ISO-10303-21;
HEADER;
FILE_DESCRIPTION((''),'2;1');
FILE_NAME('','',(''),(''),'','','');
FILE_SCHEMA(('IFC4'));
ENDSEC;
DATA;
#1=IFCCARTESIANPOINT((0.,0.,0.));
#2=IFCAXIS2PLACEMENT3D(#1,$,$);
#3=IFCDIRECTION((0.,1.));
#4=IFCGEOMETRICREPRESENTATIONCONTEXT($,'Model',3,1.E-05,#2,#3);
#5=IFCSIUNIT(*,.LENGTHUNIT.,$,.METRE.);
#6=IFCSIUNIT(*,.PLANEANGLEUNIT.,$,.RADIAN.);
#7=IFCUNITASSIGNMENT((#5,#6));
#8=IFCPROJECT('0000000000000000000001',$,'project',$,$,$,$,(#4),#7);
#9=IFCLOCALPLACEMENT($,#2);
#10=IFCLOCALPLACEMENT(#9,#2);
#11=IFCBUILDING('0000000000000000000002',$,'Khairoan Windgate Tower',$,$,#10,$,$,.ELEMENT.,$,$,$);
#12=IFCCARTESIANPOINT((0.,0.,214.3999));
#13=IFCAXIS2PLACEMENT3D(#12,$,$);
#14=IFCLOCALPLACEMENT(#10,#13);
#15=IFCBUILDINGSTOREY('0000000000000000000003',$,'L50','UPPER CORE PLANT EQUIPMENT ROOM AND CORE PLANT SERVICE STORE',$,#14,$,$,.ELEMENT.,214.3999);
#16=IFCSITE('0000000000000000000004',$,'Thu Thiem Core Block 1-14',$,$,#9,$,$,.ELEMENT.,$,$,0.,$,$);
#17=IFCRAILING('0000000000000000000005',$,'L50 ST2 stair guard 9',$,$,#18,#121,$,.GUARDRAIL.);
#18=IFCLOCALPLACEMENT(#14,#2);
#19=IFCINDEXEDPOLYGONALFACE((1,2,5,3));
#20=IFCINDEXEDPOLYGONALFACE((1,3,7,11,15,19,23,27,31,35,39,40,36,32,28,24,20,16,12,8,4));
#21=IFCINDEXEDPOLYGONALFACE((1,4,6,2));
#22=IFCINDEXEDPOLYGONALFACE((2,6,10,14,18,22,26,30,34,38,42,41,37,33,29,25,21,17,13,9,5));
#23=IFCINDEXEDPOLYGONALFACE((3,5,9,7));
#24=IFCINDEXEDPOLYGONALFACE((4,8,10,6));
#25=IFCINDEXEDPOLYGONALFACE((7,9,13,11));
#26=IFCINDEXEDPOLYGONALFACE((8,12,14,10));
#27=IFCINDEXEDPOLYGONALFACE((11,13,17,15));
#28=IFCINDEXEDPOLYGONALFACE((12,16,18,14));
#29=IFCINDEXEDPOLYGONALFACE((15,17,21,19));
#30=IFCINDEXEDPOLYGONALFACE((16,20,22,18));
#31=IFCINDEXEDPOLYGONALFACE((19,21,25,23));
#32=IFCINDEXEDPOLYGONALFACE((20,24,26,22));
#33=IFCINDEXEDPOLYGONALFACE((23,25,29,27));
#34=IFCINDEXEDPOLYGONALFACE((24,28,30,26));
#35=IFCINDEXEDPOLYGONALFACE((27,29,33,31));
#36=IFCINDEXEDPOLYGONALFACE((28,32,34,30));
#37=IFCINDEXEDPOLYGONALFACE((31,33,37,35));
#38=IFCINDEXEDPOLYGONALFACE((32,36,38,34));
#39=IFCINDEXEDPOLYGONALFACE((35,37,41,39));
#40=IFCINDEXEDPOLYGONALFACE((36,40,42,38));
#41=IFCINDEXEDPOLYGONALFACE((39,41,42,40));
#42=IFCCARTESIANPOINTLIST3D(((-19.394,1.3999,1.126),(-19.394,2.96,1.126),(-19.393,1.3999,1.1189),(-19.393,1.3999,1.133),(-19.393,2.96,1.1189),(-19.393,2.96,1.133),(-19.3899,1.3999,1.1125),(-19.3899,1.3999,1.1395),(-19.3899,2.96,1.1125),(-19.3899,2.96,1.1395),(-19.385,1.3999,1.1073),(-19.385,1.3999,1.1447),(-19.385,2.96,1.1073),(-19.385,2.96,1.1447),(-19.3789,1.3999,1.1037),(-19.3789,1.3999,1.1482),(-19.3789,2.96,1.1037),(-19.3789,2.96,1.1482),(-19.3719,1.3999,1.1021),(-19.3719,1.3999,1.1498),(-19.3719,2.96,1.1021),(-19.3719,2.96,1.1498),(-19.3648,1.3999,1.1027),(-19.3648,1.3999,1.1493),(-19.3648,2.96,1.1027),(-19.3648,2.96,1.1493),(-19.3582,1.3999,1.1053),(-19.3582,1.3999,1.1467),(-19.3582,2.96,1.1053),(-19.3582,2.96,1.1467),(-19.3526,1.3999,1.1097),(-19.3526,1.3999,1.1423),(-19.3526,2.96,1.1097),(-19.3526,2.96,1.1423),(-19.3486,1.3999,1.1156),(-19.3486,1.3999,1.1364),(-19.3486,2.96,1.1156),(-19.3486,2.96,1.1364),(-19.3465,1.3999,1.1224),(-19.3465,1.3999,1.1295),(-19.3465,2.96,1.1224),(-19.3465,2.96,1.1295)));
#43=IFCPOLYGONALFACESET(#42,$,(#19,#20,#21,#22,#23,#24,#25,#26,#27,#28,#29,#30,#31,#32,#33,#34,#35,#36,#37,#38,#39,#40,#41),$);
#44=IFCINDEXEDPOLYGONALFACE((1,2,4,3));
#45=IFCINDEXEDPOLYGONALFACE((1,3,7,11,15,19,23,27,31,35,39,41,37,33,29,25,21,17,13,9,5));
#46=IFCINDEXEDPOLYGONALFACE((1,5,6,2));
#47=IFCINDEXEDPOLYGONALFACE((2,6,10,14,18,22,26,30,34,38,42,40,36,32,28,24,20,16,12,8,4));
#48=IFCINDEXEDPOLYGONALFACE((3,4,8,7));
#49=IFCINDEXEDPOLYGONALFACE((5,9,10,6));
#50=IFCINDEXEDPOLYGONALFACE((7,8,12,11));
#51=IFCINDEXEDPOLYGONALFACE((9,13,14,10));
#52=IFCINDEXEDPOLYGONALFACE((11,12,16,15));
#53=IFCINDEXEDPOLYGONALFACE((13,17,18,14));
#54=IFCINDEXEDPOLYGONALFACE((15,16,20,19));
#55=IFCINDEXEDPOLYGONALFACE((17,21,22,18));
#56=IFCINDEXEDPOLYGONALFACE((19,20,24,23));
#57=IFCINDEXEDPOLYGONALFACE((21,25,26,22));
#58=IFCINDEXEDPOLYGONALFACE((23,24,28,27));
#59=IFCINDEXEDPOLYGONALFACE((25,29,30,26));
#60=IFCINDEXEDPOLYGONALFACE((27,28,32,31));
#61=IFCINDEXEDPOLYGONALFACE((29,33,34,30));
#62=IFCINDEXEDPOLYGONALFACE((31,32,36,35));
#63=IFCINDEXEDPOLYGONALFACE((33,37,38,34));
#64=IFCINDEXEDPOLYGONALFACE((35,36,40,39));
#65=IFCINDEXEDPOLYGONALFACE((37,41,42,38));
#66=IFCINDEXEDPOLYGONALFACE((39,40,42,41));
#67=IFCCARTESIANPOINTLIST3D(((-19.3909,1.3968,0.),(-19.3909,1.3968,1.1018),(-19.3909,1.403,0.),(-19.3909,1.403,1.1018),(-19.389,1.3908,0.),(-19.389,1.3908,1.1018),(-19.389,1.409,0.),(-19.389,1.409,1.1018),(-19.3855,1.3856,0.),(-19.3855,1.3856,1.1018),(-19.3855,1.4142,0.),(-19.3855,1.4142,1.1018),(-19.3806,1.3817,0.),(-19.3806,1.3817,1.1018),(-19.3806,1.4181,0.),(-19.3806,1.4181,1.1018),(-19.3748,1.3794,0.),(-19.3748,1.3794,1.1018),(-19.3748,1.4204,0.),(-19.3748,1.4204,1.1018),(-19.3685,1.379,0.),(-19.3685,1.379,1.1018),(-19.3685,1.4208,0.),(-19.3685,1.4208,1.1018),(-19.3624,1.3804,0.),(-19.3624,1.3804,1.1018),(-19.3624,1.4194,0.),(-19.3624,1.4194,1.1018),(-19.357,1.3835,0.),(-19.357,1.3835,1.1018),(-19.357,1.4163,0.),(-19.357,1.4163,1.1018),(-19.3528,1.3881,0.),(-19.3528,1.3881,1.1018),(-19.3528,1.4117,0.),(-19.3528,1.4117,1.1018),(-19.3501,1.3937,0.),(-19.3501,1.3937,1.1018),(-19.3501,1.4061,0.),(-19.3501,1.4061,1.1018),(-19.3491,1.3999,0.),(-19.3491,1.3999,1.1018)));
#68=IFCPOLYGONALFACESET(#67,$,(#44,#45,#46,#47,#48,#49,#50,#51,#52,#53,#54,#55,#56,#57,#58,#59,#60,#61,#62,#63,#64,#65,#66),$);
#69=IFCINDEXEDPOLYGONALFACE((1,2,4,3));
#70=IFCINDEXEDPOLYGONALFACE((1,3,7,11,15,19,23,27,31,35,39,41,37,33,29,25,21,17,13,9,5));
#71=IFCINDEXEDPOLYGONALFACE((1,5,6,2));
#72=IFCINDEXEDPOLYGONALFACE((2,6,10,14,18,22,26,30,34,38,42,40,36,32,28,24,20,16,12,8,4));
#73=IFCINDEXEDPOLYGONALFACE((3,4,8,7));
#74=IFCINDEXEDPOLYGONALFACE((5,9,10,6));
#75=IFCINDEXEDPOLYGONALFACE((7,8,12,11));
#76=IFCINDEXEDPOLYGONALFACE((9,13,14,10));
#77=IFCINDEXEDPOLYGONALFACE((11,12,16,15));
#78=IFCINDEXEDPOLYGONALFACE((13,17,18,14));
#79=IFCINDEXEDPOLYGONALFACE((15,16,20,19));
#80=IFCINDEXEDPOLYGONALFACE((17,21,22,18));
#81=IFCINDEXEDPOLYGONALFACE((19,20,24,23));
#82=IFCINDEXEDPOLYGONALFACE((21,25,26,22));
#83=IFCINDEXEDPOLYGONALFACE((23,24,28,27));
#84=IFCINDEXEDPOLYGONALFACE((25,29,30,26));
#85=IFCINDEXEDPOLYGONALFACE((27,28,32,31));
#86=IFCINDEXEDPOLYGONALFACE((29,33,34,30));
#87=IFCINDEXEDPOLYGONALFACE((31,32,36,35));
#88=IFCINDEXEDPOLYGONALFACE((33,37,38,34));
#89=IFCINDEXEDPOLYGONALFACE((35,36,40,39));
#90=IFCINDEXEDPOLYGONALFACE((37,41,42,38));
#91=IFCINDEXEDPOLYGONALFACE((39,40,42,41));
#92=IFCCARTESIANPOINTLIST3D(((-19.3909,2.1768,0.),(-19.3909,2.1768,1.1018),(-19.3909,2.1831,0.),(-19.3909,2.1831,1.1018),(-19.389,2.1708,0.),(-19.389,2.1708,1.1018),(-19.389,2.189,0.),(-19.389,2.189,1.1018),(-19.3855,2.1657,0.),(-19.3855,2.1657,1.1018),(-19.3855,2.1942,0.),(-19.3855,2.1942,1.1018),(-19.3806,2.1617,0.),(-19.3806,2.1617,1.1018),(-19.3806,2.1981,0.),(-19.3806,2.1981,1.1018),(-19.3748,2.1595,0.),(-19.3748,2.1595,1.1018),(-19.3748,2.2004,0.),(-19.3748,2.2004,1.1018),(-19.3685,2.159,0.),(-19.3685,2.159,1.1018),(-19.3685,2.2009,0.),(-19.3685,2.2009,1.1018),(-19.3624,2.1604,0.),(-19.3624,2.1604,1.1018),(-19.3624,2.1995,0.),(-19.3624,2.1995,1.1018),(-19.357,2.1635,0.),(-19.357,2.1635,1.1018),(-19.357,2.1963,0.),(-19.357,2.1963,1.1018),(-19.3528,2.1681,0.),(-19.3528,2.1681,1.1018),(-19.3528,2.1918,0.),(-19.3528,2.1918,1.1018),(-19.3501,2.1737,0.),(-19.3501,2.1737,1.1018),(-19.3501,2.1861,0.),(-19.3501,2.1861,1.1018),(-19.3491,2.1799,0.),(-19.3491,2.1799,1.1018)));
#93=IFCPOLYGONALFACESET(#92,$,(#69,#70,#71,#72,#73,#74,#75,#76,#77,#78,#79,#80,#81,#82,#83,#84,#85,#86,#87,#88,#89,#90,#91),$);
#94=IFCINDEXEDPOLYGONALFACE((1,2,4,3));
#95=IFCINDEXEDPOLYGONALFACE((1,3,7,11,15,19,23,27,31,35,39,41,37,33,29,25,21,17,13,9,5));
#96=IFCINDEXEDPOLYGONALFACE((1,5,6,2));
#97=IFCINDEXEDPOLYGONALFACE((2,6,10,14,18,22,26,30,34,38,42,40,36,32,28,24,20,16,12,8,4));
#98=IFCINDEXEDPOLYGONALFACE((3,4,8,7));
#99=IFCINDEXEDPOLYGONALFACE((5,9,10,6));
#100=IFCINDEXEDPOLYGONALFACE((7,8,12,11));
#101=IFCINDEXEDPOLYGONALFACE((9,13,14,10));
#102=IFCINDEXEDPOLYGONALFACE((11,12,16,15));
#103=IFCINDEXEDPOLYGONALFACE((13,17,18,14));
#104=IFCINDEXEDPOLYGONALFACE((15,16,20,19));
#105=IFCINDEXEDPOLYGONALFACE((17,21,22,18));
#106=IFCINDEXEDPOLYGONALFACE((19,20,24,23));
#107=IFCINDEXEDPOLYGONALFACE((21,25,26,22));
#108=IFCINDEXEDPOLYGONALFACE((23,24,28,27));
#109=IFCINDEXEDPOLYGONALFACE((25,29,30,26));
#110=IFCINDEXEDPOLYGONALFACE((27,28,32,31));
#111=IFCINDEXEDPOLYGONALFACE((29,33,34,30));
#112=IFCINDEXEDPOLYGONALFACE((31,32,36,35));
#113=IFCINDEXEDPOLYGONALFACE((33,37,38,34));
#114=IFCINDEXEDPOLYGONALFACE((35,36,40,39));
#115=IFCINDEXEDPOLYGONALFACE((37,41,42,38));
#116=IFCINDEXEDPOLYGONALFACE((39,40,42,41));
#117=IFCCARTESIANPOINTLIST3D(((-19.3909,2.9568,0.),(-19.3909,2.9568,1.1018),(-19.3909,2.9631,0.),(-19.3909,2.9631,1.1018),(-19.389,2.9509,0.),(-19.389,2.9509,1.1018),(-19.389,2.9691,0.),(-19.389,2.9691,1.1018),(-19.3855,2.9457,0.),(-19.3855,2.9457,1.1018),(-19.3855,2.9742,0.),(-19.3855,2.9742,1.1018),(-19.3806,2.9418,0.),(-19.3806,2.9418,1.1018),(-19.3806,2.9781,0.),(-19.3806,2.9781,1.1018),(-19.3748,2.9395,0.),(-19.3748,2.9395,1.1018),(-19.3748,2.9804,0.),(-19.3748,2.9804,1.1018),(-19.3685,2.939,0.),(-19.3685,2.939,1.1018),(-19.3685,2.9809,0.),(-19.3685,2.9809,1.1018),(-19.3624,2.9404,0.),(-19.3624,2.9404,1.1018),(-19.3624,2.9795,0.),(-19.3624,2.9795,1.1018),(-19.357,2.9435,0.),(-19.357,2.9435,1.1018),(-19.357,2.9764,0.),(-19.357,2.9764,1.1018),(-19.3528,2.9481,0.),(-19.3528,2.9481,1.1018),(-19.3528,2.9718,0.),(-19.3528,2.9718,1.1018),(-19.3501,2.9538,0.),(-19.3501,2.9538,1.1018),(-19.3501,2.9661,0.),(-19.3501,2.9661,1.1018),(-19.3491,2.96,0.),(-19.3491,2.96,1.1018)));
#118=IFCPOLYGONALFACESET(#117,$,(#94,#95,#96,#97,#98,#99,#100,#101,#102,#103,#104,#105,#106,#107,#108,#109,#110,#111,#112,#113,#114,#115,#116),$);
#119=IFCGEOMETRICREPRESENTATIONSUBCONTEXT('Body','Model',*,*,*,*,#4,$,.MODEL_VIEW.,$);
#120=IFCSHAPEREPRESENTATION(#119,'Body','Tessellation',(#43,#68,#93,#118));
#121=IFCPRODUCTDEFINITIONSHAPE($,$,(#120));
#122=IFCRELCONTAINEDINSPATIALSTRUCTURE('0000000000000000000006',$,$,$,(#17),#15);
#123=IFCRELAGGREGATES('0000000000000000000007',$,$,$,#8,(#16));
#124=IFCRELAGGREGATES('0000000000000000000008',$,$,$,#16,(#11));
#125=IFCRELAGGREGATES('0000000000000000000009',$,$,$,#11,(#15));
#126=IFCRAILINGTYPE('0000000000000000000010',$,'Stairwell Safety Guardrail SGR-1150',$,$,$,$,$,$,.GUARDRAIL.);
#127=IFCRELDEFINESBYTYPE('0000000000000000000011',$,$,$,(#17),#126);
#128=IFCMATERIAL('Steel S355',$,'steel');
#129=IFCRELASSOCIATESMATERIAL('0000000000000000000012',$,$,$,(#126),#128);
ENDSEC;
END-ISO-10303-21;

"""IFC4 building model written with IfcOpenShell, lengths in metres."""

from ifc_helpers import new_model, si_unit, direction, frame, origin, origin_2d, place, context, subcontext, project, spatial, circle, extrude, material, type_object, element, save


model = new_model("IFC4")

# Units and contexts
model_context = context("Model", 3, precision=1e-05, world=origin(), true_north=direction((0.0, 1.0)))
body_context = subcontext(model_context, "Body", "Model", "MODEL_VIEW")
ifc_project = project(units=[si_unit("LENGTHUNIT", "METRE"), si_unit("PLANEANGLEUNIT", "RADIAN")], contexts=[model_context])

# Site, building, storey
site_placement = place(None, origin())
site = spatial("IfcSite", under=ifc_project, at=site_placement, Name="Thu Thiem Core Block 1-14", CompositionType="ELEMENT", RefElevation=0.0)
building_placement = place(site_placement, origin())
building = spatial("IfcBuilding", under=site, at=building_placement, Name="Khairoan Windgate Tower", CompositionType="ELEMENT")
storey_placement = place(building_placement, frame((0.0, 0.0, 214.3999)))
storey = spatial("IfcBuildingStorey", under=building, at=storey_placement, Name="L50", Description="UPPER CORE PLANT EQUIPMENT ROOM AND CORE PLANT SERVICE STORE", CompositionType="ELEMENT", Elevation=214.3999)

# Railing
ifc_material_1 = material(Name="Steel S355", Category="steel")
railing_type_1 = type_object("IfcRailingType", Name="Stairwell Safety Guardrail SGR-1150", PredefinedType="GUARDRAIL", material=ifc_material_1)
for number, where, name in (
    (1, (-19.3701, 1.3999, 0.0), "L50 ST2 stair guard 9"),
):
    element("IfcRailing", number, at=place(storey_placement, frame(where)), inside=storey, type_object=railing_type_1, Name=name, PredefinedType="GUARDRAIL", context=body_context, shape_type="SweptSolid", body=[
        extrude(circle(Radius=0.0239, at=origin_2d()), frame((0.0, 0.0, 1.126), z_axis=(0.0, 1.0, 0.0), x_axis=(-1.0, 0.0, 0.0)), (0.0, 0.0, 1.0), 1.5601),
        extrude(circle(Radius=0.021, at=origin_2d()), origin(), (0.0, 0.0, 1.0), 1.1018),
        extrude(circle(Radius=0.021, at=origin_2d()), frame((0.0, 0.78, 0.0)), (0.0, 0.0, 1.0), 1.1018),
        extrude(circle(Radius=0.021, at=origin_2d()), frame((0.0, 1.5601, 0.0)), (0.0, 0.0, 1.0), 1.1018),
    ])

save(model, "model.ifc")
